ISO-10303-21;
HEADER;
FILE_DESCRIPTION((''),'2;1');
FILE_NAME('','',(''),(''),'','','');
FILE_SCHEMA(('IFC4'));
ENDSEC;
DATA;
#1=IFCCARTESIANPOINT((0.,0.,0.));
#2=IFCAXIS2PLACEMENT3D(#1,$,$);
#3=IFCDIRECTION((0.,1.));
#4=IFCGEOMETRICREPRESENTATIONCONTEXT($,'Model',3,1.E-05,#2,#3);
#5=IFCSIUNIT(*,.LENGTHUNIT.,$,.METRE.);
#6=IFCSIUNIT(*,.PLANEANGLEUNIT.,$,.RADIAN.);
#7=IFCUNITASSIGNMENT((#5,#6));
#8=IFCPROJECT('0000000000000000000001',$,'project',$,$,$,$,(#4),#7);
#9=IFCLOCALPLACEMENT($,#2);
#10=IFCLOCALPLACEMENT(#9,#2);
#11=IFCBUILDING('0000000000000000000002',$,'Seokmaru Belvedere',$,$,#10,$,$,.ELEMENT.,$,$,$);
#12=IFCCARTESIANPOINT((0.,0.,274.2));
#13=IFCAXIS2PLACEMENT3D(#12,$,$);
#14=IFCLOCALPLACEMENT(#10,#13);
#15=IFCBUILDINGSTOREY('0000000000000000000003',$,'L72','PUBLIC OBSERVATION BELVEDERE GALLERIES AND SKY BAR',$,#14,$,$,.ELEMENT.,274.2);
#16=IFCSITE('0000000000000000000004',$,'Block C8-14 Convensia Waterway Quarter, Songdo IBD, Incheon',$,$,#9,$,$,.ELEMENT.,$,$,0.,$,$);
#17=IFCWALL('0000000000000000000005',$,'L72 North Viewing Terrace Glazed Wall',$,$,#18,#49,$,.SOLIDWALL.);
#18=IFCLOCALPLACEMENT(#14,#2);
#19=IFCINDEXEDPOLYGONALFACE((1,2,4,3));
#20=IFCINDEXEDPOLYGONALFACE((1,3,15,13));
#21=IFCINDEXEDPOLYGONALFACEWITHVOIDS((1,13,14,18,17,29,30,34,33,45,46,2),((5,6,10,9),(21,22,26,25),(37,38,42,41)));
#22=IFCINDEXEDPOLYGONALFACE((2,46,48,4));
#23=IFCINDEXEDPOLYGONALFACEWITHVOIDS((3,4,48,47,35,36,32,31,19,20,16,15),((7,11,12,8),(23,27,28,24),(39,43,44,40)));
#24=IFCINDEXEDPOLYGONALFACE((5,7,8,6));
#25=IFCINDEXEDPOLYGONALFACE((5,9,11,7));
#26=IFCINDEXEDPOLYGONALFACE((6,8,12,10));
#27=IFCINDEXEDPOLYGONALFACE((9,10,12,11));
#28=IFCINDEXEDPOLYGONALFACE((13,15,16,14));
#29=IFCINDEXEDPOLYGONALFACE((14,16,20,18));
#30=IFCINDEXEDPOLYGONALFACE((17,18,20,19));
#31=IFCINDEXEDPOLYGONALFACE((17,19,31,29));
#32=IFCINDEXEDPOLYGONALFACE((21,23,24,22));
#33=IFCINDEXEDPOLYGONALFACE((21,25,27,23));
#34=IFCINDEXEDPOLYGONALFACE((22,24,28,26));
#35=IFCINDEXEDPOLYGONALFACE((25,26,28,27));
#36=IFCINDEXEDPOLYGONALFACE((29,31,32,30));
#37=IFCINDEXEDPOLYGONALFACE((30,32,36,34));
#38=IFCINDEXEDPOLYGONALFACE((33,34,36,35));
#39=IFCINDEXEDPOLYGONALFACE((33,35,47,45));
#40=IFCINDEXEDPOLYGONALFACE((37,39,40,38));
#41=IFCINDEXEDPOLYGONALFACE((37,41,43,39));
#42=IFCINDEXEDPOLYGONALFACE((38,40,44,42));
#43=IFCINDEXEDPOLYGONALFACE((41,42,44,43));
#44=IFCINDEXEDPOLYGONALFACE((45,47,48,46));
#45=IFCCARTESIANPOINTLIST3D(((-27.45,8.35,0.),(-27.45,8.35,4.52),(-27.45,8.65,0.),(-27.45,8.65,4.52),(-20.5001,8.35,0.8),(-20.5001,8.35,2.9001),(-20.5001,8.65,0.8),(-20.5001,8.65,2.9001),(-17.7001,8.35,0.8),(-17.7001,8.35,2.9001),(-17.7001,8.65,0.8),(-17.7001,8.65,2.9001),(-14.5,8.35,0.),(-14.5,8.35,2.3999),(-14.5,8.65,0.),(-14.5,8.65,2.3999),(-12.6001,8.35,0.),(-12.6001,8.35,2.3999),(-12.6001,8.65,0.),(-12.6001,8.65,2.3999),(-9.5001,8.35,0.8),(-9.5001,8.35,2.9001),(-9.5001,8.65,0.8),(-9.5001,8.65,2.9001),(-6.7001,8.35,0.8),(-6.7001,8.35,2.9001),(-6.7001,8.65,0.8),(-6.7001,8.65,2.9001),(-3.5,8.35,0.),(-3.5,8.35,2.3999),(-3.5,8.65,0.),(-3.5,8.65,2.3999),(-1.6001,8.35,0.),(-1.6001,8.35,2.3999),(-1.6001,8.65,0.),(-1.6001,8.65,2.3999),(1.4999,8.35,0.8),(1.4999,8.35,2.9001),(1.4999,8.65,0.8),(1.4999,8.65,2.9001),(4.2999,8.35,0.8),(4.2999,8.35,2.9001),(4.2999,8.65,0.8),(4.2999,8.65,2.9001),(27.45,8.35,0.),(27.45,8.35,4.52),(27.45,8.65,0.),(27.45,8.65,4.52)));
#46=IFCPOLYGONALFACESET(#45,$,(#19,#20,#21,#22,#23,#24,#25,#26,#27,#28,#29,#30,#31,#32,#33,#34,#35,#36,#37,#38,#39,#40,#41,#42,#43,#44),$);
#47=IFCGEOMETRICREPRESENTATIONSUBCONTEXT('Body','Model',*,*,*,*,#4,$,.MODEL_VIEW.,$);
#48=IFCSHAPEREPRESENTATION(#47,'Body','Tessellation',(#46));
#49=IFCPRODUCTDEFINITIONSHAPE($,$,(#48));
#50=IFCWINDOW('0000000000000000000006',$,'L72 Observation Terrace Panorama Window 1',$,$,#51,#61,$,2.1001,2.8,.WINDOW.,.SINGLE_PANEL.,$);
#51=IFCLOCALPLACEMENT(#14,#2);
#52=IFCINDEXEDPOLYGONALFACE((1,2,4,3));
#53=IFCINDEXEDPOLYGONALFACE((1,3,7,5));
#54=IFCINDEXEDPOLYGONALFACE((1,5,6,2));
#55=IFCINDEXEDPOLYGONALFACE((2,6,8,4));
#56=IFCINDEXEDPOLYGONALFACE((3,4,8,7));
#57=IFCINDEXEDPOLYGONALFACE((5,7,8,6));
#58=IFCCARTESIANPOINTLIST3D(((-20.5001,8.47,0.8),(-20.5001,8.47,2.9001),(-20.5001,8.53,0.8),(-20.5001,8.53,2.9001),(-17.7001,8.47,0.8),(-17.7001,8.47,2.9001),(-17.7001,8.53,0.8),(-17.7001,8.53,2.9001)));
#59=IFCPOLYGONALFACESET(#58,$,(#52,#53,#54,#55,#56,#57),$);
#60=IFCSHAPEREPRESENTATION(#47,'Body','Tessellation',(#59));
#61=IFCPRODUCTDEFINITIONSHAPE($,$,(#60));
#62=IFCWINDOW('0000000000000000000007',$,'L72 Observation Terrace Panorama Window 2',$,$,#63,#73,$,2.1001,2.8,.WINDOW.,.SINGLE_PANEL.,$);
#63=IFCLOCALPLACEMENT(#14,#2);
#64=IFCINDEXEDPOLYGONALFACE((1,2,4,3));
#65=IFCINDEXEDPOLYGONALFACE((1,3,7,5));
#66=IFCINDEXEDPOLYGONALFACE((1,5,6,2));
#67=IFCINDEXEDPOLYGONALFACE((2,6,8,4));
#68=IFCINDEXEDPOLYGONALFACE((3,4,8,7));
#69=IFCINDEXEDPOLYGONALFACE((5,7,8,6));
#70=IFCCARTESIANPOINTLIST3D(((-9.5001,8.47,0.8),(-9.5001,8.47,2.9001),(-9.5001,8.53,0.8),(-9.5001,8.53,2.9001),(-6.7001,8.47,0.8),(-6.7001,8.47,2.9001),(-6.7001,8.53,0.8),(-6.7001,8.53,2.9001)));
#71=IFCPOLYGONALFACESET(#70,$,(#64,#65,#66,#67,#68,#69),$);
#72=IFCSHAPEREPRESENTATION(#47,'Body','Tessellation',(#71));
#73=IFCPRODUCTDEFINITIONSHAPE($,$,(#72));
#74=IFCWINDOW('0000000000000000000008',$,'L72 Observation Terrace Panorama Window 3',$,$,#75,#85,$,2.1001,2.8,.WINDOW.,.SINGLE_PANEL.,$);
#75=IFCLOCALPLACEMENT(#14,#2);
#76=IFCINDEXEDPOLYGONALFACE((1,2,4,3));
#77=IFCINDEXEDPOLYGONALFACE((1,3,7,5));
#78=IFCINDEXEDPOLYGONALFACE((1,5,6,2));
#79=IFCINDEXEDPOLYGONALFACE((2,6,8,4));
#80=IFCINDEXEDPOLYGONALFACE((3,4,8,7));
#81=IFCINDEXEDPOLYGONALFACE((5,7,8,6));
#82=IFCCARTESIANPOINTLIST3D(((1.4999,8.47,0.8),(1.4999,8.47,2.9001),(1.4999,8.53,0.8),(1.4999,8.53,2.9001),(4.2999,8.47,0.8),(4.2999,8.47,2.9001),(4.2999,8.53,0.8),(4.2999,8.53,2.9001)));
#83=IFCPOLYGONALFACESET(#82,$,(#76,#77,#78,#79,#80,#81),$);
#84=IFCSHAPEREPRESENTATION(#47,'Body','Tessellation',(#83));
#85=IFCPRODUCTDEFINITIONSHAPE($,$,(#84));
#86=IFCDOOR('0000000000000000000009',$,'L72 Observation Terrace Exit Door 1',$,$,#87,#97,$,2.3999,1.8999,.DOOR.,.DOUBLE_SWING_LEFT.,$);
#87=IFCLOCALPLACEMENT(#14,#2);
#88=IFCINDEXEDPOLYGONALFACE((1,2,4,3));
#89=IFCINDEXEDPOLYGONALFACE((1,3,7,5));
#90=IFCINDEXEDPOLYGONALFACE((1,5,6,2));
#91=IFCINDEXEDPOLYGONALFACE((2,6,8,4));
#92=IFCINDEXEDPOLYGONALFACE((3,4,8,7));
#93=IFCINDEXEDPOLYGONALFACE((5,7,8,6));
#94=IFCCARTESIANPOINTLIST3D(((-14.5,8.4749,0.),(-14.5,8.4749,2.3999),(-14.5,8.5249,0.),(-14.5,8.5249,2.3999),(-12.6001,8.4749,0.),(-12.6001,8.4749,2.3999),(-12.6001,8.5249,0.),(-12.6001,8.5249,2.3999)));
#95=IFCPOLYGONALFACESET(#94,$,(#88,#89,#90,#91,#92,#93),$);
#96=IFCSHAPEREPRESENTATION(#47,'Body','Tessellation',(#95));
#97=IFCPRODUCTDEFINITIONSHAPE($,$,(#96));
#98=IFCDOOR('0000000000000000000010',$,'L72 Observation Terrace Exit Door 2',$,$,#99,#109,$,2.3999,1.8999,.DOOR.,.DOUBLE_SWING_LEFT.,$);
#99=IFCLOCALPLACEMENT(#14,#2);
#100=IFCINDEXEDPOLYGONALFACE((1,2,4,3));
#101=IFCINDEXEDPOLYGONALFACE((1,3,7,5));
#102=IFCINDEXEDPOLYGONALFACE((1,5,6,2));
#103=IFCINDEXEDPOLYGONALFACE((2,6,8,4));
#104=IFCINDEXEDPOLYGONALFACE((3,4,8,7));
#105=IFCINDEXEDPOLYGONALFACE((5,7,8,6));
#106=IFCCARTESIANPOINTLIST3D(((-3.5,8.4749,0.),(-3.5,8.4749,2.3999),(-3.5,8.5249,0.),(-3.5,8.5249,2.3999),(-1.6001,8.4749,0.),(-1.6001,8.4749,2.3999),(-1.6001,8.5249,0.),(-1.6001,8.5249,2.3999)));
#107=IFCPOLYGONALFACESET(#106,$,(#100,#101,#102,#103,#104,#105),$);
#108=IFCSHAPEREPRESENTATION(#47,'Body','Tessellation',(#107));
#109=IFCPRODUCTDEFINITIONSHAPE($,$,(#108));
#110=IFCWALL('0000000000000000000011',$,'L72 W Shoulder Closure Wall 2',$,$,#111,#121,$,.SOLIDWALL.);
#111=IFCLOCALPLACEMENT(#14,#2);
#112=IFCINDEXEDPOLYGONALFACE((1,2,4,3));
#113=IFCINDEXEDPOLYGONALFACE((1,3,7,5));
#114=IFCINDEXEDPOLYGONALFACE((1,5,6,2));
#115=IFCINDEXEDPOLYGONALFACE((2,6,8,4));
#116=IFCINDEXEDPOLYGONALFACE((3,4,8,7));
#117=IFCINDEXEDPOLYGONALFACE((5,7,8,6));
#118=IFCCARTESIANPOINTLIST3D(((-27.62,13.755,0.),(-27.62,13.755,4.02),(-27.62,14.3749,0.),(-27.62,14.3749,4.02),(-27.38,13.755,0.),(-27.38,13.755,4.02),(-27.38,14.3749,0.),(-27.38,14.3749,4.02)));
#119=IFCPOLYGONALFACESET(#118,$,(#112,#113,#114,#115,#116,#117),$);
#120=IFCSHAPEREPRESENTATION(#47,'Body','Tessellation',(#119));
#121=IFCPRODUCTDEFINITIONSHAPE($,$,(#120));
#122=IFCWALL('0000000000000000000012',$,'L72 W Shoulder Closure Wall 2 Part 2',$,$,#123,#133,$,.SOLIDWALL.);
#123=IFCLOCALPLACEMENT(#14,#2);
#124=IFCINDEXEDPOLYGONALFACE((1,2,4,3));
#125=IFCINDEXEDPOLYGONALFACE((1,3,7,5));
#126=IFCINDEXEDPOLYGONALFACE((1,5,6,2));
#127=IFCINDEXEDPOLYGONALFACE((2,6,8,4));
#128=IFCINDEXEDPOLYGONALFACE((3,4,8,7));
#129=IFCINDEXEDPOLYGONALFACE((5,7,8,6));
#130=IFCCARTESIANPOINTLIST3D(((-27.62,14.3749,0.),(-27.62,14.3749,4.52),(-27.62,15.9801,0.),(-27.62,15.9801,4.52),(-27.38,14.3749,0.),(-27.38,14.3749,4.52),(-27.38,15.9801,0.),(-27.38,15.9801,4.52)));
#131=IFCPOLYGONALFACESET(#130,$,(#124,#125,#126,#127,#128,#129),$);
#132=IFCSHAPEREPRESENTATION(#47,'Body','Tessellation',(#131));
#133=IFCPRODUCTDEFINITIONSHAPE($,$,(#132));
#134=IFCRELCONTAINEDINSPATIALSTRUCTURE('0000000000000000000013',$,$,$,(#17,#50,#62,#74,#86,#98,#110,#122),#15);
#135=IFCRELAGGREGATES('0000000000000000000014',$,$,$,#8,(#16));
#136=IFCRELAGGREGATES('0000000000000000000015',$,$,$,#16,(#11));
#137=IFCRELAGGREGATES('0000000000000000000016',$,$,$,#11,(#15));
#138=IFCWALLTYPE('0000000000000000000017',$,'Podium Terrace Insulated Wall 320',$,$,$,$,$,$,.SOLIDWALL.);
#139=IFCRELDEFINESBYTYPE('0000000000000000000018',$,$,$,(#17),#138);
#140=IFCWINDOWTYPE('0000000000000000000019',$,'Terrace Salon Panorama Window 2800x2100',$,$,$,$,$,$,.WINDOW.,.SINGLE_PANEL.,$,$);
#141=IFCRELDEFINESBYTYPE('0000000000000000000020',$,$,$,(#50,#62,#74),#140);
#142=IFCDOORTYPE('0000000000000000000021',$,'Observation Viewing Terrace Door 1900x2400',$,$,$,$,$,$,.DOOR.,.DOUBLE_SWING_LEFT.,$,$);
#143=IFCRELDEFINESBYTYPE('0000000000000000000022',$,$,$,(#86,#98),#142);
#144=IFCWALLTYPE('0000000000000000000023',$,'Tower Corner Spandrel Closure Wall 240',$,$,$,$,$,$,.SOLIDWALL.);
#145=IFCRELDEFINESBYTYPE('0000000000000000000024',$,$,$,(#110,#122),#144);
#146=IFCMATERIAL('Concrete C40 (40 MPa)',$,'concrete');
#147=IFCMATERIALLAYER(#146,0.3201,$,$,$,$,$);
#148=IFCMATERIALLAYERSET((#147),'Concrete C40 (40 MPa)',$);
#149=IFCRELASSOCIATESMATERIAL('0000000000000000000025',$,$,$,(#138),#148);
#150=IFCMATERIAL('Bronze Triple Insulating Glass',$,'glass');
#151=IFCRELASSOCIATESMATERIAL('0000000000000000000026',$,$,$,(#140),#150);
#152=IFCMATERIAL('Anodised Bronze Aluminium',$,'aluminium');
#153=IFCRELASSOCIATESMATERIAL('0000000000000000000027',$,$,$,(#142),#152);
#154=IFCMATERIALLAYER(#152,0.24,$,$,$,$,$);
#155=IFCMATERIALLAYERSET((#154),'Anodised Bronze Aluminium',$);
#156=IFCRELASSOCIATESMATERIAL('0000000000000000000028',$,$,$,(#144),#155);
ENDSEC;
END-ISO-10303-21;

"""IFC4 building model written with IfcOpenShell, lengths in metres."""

from ifc_helpers import new_model, si_unit, direction, frame, frame_2d, origin, place, context, subcontext, project, spatial, rectangle, extrude, source, transform, mapped, material, layer, layer_set, type_object, type_shapes, element, fill, save


model = new_model("IFC4")

# Units and contexts
model_context = context("Model", 3, precision=1e-05, world=origin(), true_north=direction((0.0, 1.0)))
body_context = subcontext(model_context, "Body", "Model", "MODEL_VIEW")
ifc_project = project(units=[si_unit("LENGTHUNIT", "METRE"), si_unit("PLANEANGLEUNIT", "RADIAN")], contexts=[model_context])

# Site, building, storey
site_placement = place(None, origin())
site = spatial("IfcSite", under=ifc_project, at=site_placement, Name="Block C8-14 Convensia Waterway Quarter, Songdo IBD, Incheon", CompositionType="ELEMENT", RefElevation=0.0)
building_placement = place(site_placement, origin())
building = spatial("IfcBuilding", under=site, at=building_placement, Name="Seokmaru Belvedere", CompositionType="ELEMENT")
storey_placement = place(building_placement, frame((0.0, 0.0, 274.2)))
storey = spatial("IfcBuildingStorey", under=building, at=storey_placement, Name="L72", Description="PUBLIC OBSERVATION BELVEDERE GALLERIES AND SKY BAR", CompositionType="ELEMENT", Elevation=274.2)

# Wall, openings, windows, doors
ifc_material_1 = material(Name="Concrete C40 (40 MPa)", Category="concrete")
ifc_layer_1 = layer(ifc_material_1, 0.3201)
ifc_layer_set_1 = layer_set([ifc_layer_1], Name="Concrete C40 (40 MPa)")
wall_type_1 = type_object("IfcWallType", Name="Podium Terrace Insulated Wall 320", PredefinedType="SOLIDWALL", material=ifc_layer_set_1)
wall_1_placement = place(storey_placement, frame((-27.45, 8.5, 0.0), z_axis=(0.0, 0.0, 1.0), x_axis=(1.0, 0.0, 0.0)))
wall_1 = element("IfcWall", 1, at=wall_1_placement, inside=storey, type_object=wall_type_1, Name="L72 North Viewing Terrace Glazed Wall", PredefinedType="SOLIDWALL", context=body_context, shape_type="SweptSolid", body=[
    extrude(rectangle(XDim=54.8999, YDim=0.3, at=frame_2d((27.45, 0.0))), origin(), (0.0, 0.0, 1.0), 4.52),
])
opening_1_placement = place(wall_1_placement, frame((12.95, 0.0, 0.0)))
opening_1 = element("IfcOpeningElement", 2, at=opening_1_placement, cuts=wall_1, PredefinedType="OPENING", context=body_context, shape_type="SweptSolid", body=[
    extrude(rectangle(XDim=1.8999, YDim=2.3999, at=frame_2d((0.95, 1.2))), frame((0.0, 0.1602, 0.0), z_axis=(0.0, -1.0, 0.0), x_axis=(1.0, 0.0, 0.0)), (0.0, 0.0, 1.0), 0.3201),
])
opening_2_placement = place(wall_1_placement, frame((23.95, 0.0, 0.0)))
opening_2 = element("IfcOpeningElement", 3, at=opening_2_placement, cuts=wall_1, PredefinedType="OPENING", context=body_context, shape_type="SweptSolid", body=[
    extrude(rectangle(XDim=1.8999, YDim=2.3999, at=frame_2d((0.95, 1.2))), frame((0.0, 0.1602, 0.0), z_axis=(0.0, -1.0, 0.0), x_axis=(1.0, 0.0, 0.0)), (0.0, 0.0, 1.0), 0.3201),
])
opening_3_placement = place(wall_1_placement, frame((6.95, 0.0, 0.8)))
opening_3 = element("IfcOpeningElement", 4, at=opening_3_placement, cuts=wall_1, PredefinedType="OPENING", context=body_context, shape_type="SweptSolid", body=[
    extrude(rectangle(XDim=2.8, YDim=2.1001, at=frame_2d((1.3999, 1.05))), frame((0.0, 0.1602, 0.0), z_axis=(0.0, -1.0, 0.0), x_axis=(1.0, 0.0, 0.0)), (0.0, 0.0, 1.0), 0.3201),
])
opening_4_placement = place(wall_1_placement, frame((17.95, 0.0, 0.8)))
opening_4 = element("IfcOpeningElement", 5, at=opening_4_placement, cuts=wall_1, PredefinedType="OPENING", context=body_context, shape_type="SweptSolid", body=[
    extrude(rectangle(XDim=2.8, YDim=2.1001, at=frame_2d((1.3999, 1.05))), frame((0.0, 0.1602, 0.0), z_axis=(0.0, -1.0, 0.0), x_axis=(1.0, 0.0, 0.0)), (0.0, 0.0, 1.0), 0.3201),
])
opening_5_placement = place(wall_1_placement, frame((28.95, 0.0, 0.8)))
opening_5 = element("IfcOpeningElement", 6, at=opening_5_placement, cuts=wall_1, PredefinedType="OPENING", context=body_context, shape_type="SweptSolid", body=[
    extrude(rectangle(XDim=2.8, YDim=2.1001, at=frame_2d((1.3999, 1.05))), frame((0.0, 0.1602, 0.0), z_axis=(0.0, -1.0, 0.0), x_axis=(1.0, 0.0, 0.0)), (0.0, 0.0, 1.0), 0.3201),
])
ifc_material_2 = material(Name="Bronze Triple Insulating Glass", Category="glass")
window_type = type_object("IfcWindowType", Name="Terrace Salon Panorama Window 2800x2100", PartitioningType="SINGLE_PANEL", PredefinedType="WINDOW", material=ifc_material_2)
shared_shape_1 = source(origin(), body_context, "Body", "SweptSolid", [
    extrude(rectangle(XDim=2.8, YDim=2.1001, at=frame_2d((1.3999, 1.05))), frame((0.0, 0.03, 0.0), z_axis=(0.0, -1.0, 0.0), x_axis=(1.0, 0.0, 0.0)), (0.0, 0.0, 1.0), 0.0601),
])
type_shapes(window_type, [shared_shape_1])
window_1_placement = place(opening_3_placement, origin())
window_1 = element("IfcWindow", 7, at=window_1_placement, inside=storey, type_object=window_type, Name="L72 Observation Terrace Panorama Window 1", OverallHeight=2.1001, OverallWidth=2.8, PartitioningType="SINGLE_PANEL", PredefinedType="WINDOW", context=body_context, shape_type="MappedRepresentation", body=[
    mapped(shared_shape_1, transform((0.0, 0.0, 0.0), scale=1.0)),
])
fill(opening_3, window_1)
window_2_placement = place(opening_4_placement, origin())
window_2 = element("IfcWindow", 8, at=window_2_placement, inside=storey, type_object=window_type, Name="L72 Observation Terrace Panorama Window 2", OverallHeight=2.1001, OverallWidth=2.8, PartitioningType="SINGLE_PANEL", PredefinedType="WINDOW", context=body_context, shape_type="MappedRepresentation", body=[
    mapped(shared_shape_1, transform((0.0, 0.0, 0.0), scale=1.0)),
])
fill(opening_4, window_2)
window_3_placement = place(opening_5_placement, origin())
window_3 = element("IfcWindow", 9, at=window_3_placement, inside=storey, type_object=window_type, Name="L72 Observation Terrace Panorama Window 3", OverallHeight=2.1001, OverallWidth=2.8, PartitioningType="SINGLE_PANEL", PredefinedType="WINDOW", context=body_context, shape_type="MappedRepresentation", body=[
    mapped(shared_shape_1, transform((0.0, 0.0, 0.0), scale=1.0)),
])
fill(opening_5, window_3)
ifc_material_3 = material(Name="Anodised Bronze Aluminium", Category="aluminium")
door_type = type_object("IfcDoorType", Name="Observation Viewing Terrace Door 1900x2400", OperationType="DOUBLE_SWING_LEFT", PredefinedType="DOOR", material=ifc_material_3)
shared_shape_2 = source(origin(), body_context, "Body", "SweptSolid", [
    extrude(rectangle(XDim=1.8999, YDim=2.3999, at=frame_2d((0.95, 1.2))), frame((0.0, 0.0249, 0.0), z_axis=(0.0, -1.0, 0.0), x_axis=(1.0, 0.0, 0.0)), (0.0, 0.0, 1.0), 0.05),
])
type_shapes(door_type, [shared_shape_2])
door_1_placement = place(opening_1_placement, origin())
door_1 = element("IfcDoor", 10, at=door_1_placement, inside=storey, type_object=door_type, Name="L72 Observation Terrace Exit Door 1", OperationType="DOUBLE_SWING_LEFT", OverallHeight=2.3999, OverallWidth=1.8999, PredefinedType="DOOR", context=body_context, shape_type="MappedRepresentation", body=[
    mapped(shared_shape_2, transform((0.0, 0.0, 0.0), scale=1.0)),
])
fill(opening_1, door_1)
door_2_placement = place(opening_2_placement, origin())
door_2 = element("IfcDoor", 11, at=door_2_placement, inside=storey, type_object=door_type, Name="L72 Observation Terrace Exit Door 2", OperationType="DOUBLE_SWING_LEFT", OverallHeight=2.3999, OverallWidth=1.8999, PredefinedType="DOOR", context=body_context, shape_type="MappedRepresentation", body=[
    mapped(shared_shape_2, transform((0.0, 0.0, 0.0), scale=1.0)),
])
fill(opening_2, door_2)

# Walls
ifc_layer_2 = layer(ifc_material_3, 0.24)
ifc_layer_set_2 = layer_set([ifc_layer_2], Name="Anodised Bronze Aluminium")
wall_type_2 = type_object("IfcWallType", Name="Tower Corner Spandrel Closure Wall 240", PredefinedType="SOLIDWALL", material=ifc_layer_set_2)
wall_2_placement = place(storey_placement, frame((-27.5, 13.7549, 0.0), z_axis=(0.0, 0.0, 1.0), x_axis=(0.0, 1.0, 0.0)))
element("IfcWall", 12, at=wall_2_placement, inside=storey, type_object=wall_type_2, Name="L72 W Shoulder Closure Wall 2", PredefinedType="SOLIDWALL", context=body_context, shape_type="SweptSolid", body=[
    extrude(rectangle(XDim=0.6199, YDim=0.24, at=frame_2d((0.3101, 0.0))), origin(), (0.0, 0.0, 1.0), 4.02),
])
wall_3_placement = place(storey_placement, frame((-27.5, 14.3748, 0.0), z_axis=(0.0, 0.0, 1.0), x_axis=(0.0, 1.0, 0.0)))
element("IfcWall", 13, at=wall_3_placement, inside=storey, type_object=wall_type_2, Name="L72 W Shoulder Closure Wall 2 Part 2", PredefinedType="SOLIDWALL", context=body_context, shape_type="SweptSolid", body=[
    extrude(rectangle(XDim=1.6052, YDim=0.24, at=frame_2d((0.8027, 0.0))), origin(), (0.0, 0.0, 1.0), 4.52),
])

save(model, "model.ifc")
